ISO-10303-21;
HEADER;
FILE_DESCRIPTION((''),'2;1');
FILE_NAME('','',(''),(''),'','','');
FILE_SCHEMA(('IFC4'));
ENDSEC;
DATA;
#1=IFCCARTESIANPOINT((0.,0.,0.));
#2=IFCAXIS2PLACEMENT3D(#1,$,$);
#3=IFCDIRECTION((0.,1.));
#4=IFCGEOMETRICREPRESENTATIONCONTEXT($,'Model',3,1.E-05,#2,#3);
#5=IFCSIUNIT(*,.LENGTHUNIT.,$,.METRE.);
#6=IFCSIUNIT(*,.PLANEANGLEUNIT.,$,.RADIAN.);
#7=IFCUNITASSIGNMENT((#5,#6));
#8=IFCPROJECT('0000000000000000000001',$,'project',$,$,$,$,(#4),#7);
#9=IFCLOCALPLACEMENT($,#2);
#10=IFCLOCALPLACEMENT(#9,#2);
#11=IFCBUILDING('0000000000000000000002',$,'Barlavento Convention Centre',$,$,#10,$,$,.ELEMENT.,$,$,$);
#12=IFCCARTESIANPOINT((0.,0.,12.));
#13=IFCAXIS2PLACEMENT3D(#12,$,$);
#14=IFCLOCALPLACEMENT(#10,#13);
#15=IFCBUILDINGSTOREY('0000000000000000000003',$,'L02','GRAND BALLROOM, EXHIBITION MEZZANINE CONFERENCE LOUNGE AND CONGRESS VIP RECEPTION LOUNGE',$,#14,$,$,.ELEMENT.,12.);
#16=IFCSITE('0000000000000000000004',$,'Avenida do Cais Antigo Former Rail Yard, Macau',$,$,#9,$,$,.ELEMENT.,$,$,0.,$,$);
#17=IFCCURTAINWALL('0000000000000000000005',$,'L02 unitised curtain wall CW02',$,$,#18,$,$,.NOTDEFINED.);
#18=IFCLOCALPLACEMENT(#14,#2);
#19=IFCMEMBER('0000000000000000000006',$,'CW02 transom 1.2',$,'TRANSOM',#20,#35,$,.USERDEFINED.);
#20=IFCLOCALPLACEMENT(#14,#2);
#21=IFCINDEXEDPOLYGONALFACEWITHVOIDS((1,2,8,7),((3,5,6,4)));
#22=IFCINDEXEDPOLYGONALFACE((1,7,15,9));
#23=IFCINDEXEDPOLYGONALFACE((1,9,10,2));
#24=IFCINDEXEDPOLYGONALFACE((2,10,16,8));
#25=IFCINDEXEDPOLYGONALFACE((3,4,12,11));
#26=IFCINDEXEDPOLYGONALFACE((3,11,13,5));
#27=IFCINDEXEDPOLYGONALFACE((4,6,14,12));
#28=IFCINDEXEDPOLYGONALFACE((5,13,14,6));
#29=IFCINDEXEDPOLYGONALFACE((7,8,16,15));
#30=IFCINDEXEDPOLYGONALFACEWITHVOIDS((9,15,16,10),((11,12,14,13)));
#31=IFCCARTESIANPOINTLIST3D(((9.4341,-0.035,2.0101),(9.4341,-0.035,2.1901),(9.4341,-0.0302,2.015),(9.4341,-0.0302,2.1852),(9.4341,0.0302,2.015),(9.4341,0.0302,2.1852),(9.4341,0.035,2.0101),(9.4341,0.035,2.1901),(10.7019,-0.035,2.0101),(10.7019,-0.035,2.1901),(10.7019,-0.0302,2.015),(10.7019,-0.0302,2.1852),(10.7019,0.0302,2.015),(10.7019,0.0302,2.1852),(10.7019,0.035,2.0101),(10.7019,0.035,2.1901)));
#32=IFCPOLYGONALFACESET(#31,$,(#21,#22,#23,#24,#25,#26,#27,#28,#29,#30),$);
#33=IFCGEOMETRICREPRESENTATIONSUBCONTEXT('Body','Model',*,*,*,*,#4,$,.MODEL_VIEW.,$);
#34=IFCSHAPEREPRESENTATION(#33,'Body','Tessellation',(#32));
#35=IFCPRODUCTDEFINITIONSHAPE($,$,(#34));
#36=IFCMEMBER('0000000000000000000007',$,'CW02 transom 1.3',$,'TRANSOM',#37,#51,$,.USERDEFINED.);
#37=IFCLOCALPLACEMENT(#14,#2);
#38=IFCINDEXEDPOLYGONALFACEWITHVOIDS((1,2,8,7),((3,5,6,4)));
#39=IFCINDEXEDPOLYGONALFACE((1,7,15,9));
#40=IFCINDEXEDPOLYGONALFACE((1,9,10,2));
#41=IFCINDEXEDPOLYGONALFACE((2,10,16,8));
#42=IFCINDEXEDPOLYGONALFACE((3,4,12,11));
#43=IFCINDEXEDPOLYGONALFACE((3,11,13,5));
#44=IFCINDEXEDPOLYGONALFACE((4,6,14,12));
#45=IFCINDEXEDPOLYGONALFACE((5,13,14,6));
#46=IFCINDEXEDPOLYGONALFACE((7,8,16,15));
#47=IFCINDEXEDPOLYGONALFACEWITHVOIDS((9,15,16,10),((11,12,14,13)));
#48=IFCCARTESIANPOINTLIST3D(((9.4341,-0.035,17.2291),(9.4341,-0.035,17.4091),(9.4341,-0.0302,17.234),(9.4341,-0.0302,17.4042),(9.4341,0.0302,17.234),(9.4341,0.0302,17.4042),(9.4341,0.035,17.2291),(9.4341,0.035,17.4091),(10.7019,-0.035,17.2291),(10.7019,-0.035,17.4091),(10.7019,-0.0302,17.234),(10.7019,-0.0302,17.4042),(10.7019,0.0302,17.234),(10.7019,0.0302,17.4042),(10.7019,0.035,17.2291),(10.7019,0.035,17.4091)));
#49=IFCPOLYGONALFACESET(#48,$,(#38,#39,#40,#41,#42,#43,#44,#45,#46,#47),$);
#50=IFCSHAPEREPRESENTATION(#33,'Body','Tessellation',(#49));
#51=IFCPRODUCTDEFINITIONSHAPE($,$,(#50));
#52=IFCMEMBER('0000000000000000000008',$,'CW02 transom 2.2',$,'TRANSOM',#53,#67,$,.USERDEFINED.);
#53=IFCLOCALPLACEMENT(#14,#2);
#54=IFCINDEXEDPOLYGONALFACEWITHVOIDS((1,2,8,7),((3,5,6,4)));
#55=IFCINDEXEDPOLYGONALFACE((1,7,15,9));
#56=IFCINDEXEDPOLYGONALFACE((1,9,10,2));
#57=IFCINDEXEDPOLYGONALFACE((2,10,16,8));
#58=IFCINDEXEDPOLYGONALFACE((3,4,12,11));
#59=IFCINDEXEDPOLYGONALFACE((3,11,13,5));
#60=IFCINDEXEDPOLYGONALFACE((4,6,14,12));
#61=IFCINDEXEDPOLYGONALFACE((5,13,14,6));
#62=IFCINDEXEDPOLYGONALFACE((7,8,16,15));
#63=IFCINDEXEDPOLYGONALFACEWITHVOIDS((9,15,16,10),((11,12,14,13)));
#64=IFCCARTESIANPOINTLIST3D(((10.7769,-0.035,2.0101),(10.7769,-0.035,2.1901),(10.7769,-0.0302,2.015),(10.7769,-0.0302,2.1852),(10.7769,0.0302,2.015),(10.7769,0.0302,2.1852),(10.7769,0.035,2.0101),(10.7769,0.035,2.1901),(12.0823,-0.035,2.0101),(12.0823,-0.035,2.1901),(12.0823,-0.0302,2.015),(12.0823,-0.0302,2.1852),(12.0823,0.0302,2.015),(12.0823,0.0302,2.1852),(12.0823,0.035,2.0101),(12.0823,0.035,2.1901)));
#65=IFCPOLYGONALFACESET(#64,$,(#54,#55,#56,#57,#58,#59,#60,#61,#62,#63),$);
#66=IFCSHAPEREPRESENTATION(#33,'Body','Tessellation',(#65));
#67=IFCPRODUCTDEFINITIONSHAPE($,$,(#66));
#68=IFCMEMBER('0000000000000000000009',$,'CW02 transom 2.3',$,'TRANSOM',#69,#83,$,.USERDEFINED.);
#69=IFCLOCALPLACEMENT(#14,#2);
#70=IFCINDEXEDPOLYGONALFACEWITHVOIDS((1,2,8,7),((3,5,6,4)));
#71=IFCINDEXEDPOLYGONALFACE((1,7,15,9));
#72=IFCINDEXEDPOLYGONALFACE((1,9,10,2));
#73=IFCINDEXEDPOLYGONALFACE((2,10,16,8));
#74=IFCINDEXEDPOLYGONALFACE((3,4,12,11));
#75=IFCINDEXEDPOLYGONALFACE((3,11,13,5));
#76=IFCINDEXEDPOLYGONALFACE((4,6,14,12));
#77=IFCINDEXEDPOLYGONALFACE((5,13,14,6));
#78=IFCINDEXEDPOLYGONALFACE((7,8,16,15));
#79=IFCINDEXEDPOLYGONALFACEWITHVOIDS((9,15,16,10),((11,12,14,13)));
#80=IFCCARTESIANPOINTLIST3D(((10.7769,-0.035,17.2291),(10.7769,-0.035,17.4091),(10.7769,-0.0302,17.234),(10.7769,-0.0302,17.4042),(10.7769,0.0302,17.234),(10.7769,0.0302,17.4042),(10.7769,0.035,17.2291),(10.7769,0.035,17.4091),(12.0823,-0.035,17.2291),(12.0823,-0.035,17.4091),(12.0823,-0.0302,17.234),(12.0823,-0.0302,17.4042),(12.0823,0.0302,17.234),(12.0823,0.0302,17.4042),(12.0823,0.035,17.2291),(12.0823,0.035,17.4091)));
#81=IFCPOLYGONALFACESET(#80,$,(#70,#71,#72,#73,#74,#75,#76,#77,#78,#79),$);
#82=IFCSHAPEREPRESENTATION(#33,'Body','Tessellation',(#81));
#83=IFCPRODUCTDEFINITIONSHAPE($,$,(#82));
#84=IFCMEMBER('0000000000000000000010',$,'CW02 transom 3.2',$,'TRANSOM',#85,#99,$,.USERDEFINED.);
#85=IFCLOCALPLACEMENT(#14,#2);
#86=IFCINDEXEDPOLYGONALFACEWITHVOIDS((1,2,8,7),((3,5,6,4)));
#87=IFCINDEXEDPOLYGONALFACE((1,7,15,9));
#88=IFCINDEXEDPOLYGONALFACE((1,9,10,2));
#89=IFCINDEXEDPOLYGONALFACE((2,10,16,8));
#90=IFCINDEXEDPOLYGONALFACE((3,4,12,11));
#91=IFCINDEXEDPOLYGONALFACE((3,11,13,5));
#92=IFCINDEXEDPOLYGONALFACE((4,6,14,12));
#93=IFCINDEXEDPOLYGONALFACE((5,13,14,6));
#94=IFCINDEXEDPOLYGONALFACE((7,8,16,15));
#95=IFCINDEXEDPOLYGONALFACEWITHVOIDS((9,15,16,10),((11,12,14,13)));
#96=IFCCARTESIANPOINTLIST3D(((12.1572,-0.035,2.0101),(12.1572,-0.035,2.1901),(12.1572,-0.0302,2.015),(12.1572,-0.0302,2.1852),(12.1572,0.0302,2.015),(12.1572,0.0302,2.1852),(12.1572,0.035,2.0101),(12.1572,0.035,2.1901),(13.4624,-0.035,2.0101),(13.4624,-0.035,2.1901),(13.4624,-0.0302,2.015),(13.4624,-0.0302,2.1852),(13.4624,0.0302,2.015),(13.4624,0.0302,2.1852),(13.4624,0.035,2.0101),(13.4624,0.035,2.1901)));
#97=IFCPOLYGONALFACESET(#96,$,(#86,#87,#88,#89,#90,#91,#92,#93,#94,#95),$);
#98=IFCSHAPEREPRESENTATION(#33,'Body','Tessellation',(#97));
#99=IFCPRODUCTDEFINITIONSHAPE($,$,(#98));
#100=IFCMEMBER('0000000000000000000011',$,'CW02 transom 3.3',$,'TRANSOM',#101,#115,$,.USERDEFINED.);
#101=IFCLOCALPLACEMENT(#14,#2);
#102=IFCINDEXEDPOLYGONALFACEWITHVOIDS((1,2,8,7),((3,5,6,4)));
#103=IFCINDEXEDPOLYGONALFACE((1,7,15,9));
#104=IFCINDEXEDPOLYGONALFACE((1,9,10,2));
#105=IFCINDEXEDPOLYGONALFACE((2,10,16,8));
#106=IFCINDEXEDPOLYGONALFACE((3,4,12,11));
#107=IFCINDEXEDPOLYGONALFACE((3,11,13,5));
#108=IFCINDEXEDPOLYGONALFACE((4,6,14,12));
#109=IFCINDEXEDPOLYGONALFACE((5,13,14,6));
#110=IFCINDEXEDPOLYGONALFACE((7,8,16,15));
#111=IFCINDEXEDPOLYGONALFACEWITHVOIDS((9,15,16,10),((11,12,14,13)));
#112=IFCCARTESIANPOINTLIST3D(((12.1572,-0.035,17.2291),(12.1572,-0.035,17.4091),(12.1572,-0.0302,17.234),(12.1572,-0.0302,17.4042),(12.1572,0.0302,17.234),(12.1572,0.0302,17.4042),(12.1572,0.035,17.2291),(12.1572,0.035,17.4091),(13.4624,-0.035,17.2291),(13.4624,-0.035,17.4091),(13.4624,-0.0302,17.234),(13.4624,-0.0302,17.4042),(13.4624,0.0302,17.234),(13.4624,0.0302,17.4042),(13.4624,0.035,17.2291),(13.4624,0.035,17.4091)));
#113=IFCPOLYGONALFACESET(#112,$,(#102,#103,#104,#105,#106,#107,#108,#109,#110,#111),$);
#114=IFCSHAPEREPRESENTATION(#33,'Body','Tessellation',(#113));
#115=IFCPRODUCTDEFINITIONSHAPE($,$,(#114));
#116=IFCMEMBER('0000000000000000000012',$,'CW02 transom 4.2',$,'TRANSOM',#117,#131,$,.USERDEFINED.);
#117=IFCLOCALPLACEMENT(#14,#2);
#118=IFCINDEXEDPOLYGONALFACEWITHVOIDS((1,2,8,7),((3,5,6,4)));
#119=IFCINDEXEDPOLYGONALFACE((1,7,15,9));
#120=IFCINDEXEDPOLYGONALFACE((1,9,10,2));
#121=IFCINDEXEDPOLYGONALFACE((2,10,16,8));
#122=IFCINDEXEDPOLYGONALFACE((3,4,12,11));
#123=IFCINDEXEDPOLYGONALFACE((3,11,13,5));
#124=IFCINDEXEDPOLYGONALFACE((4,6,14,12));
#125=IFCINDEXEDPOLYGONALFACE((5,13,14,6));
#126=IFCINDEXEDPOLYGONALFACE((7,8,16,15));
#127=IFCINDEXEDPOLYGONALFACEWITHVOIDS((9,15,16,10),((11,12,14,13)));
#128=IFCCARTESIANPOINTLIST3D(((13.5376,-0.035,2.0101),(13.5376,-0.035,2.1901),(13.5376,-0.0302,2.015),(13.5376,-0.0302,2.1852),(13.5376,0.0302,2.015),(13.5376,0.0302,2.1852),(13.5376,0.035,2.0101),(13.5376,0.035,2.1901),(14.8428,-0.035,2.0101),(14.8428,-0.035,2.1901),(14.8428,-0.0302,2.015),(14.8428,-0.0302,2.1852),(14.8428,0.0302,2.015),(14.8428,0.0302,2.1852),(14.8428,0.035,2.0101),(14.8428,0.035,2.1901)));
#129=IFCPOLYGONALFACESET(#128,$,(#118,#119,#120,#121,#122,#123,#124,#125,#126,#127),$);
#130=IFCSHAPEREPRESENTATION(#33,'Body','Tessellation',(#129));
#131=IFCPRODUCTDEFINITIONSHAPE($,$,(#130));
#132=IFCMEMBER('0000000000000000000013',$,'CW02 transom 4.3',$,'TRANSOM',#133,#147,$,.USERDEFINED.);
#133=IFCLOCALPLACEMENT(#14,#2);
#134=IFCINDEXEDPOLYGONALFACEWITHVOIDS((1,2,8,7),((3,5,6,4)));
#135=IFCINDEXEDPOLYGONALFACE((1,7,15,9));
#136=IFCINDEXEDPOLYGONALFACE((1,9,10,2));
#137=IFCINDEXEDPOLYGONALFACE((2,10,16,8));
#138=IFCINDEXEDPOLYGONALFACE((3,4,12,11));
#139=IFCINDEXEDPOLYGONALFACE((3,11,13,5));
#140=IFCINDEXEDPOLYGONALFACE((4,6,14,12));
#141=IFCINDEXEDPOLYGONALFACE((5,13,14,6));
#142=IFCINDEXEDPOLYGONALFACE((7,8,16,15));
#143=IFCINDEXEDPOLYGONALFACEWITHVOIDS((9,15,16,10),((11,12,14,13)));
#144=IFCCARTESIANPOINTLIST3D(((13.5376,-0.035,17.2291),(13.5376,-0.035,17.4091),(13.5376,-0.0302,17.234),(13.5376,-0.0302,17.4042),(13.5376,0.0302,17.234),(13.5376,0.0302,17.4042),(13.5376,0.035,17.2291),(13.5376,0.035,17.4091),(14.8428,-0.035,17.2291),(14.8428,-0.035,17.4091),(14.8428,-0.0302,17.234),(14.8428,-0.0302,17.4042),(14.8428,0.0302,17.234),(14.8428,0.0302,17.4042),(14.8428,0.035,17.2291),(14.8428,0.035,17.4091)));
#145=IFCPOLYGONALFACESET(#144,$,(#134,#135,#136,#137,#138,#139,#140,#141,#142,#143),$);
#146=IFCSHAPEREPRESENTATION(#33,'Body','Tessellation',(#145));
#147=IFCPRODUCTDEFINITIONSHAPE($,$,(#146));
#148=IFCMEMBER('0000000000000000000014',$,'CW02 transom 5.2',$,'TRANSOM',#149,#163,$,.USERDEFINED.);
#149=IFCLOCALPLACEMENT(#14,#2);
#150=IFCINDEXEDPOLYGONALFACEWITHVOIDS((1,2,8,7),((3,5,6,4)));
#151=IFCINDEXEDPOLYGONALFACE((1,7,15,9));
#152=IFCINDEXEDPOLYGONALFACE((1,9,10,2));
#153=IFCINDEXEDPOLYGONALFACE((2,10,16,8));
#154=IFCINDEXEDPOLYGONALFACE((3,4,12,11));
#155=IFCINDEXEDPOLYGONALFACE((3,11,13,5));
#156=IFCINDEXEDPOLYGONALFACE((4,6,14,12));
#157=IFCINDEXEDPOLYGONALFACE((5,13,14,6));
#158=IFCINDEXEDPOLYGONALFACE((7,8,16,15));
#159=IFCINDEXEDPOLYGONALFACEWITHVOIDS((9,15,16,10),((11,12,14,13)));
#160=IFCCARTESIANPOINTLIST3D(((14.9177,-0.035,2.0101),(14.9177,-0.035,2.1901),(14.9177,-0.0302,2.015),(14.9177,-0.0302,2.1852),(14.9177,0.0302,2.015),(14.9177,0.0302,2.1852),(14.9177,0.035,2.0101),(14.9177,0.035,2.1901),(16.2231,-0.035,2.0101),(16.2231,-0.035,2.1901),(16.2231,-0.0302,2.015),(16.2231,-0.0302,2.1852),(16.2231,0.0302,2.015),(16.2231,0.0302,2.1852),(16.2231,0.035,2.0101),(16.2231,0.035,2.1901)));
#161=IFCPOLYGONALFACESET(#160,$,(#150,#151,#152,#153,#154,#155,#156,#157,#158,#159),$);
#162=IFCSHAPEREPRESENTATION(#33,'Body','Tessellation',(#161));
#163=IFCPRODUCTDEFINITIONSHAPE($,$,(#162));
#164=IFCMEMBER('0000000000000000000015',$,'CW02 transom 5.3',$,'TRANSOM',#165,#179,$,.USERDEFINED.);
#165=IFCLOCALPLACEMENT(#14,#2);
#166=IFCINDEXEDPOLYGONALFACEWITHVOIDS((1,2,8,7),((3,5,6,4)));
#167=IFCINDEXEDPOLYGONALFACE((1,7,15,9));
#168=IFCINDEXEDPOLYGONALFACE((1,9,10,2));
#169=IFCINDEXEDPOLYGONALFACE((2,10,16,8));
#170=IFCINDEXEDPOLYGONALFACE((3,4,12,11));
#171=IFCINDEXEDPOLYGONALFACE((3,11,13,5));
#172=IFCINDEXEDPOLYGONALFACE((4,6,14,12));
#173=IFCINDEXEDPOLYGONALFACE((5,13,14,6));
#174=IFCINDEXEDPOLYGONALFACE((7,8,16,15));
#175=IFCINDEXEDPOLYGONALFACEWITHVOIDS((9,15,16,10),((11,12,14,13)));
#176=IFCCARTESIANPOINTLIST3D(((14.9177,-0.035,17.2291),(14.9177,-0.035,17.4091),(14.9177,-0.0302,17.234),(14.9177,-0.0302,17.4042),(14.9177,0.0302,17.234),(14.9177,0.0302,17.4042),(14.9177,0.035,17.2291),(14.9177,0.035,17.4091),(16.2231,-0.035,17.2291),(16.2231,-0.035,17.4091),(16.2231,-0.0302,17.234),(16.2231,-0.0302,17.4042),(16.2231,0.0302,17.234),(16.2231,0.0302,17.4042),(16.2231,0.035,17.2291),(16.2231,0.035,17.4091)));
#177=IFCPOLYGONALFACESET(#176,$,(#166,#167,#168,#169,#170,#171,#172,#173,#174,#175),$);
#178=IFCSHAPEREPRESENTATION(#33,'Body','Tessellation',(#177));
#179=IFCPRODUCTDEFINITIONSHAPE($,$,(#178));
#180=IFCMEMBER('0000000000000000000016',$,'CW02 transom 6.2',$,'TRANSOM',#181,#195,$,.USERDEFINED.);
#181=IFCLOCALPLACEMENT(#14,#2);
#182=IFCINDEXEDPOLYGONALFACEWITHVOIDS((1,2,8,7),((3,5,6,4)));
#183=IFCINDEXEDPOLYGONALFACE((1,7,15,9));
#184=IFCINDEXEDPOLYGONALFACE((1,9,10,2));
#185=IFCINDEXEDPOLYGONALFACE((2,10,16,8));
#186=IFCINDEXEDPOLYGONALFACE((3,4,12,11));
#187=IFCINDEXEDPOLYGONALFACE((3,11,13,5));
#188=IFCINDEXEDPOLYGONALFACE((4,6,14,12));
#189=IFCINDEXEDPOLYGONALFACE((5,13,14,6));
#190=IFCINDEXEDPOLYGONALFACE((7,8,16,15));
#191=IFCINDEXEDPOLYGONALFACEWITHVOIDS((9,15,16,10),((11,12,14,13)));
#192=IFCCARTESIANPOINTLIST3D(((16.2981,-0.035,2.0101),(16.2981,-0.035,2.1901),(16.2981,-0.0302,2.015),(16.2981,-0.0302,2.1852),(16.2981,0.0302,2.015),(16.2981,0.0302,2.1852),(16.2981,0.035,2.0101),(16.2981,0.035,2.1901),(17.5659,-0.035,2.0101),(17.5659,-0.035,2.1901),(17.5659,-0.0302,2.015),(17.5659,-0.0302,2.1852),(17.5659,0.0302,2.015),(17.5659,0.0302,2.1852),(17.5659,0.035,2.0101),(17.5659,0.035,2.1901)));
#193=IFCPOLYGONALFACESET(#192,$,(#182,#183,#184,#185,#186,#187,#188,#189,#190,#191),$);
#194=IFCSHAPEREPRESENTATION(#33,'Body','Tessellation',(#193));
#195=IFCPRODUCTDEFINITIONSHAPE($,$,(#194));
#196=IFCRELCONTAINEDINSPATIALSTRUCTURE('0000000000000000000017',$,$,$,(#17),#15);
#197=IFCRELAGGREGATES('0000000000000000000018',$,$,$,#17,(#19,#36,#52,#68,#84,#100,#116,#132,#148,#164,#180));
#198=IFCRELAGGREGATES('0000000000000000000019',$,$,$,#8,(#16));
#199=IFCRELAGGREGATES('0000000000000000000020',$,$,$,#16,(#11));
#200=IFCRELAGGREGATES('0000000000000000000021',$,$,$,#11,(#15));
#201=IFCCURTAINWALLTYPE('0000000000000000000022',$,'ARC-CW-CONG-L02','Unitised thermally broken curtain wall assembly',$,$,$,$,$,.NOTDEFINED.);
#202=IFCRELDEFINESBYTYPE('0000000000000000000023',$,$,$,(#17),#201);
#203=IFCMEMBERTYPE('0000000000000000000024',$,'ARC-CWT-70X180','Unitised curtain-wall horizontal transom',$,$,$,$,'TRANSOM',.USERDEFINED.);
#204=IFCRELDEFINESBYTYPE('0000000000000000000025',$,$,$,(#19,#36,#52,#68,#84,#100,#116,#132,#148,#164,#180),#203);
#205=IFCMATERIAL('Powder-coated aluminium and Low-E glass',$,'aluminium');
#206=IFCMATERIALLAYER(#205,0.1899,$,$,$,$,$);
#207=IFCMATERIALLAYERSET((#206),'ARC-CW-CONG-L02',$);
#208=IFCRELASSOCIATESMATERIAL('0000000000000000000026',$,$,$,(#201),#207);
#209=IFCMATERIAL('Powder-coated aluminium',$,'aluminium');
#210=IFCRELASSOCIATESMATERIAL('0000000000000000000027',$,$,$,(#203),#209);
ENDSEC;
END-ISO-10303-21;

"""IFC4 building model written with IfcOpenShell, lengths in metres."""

from ifc_helpers import new_model, si_unit, direction, frame, origin, origin_2d, place, context, subcontext, project, spatial, hollow_rectangle, extrude, material, layer, layer_set, material_profile, profile_set, type_object, element, aggregate, save


model = new_model("IFC4")

# Units and contexts
model_context = context("Model", 3, precision=1e-05, world=origin(), true_north=direction((0.0, 1.0)))
body_context = subcontext(model_context, "Body", "Model", "MODEL_VIEW")
ifc_project = project(units=[si_unit("LENGTHUNIT", "METRE"), si_unit("PLANEANGLEUNIT", "RADIAN")], contexts=[model_context])

# Site, building, storey
site_placement = place(None, origin())
site = spatial("IfcSite", under=ifc_project, at=site_placement, Name="Avenida do Cais Antigo Former Rail Yard, Macau", CompositionType="ELEMENT", RefElevation=0.0)
building_placement = place(site_placement, origin())
building = spatial("IfcBuilding", under=site, at=building_placement, Name="Barlavento Convention Centre", CompositionType="ELEMENT")
storey_placement = place(building_placement, frame((0.0, 0.0, 12.0)))
storey = spatial("IfcBuildingStorey", under=building, at=storey_placement, Name="L02", Description="GRAND BALLROOM, EXHIBITION MEZZANINE CONFERENCE LOUNGE AND CONGRESS VIP RECEPTION LOUNGE", CompositionType="ELEMENT", Elevation=12.0)

# Curtain wall, members
ifc_material_1 = material(Name="Powder-coated aluminium and Low-E glass", Category="aluminium")
ifc_layer_1 = layer(ifc_material_1, 0.1899)
ifc_layer_set_1 = layer_set([ifc_layer_1], Name="ARC-CW-CONG-L02")
curtain_wall_type = type_object("IfcCurtainWallType", Name="ARC-CW-CONG-L02", Description="Unitised thermally broken curtain wall assembly", PredefinedType="NOTDEFINED", material=ifc_layer_set_1)
curtain_wall_1_placement = place(storey_placement, origin())
curtain_wall_1 = element("IfcCurtainWall", 1, at=curtain_wall_1_placement, inside=storey, type_object=curtain_wall_type, Name="L02 unitised curtain wall CW02", PredefinedType="NOTDEFINED")
ifc_material_2 = material(Name="Powder-coated aluminium", Category="aluminium")
ifc_material_profile = material_profile(ifc_material_2, hollow_rectangle(XDim=0.0701, YDim=0.1799, WallThickness=0.0049, at=origin_2d()), Name="AL-TRAN 70x180x5")
ifc_profile_set = profile_set([ifc_material_profile], Name="Powder-coated aluminium")
member_type = type_object("IfcMemberType", Name="ARC-CWT-70X180", Description="Unitised curtain-wall horizontal transom", ElementType="TRANSOM", PredefinedType="USERDEFINED", material=ifc_profile_set)
member_1_placement = place(storey_placement, frame((9.4341, 0.0, 2.1001), z_axis=(1.0, 0.0, 0.0), x_axis=(0.0, 1.0, 0.0)))
member_1 = element("IfcMember", 2, at=member_1_placement, type_object=member_type, Name="CW02 transom 1.2", ObjectType="TRANSOM", PredefinedType="USERDEFINED", context=body_context, shape_type="SweptSolid", body=[
    extrude(hollow_rectangle(XDim=0.0701, YDim=0.1799, WallThickness=0.0049, at=origin_2d()), origin(), (0.0, 0.0, 1.0), 1.2678),
])
member_2_placement = place(storey_placement, frame((9.4341, 0.0, 17.3191), z_axis=(1.0, 0.0, 0.0), x_axis=(0.0, 1.0, 0.0)))
member_2 = element("IfcMember", 3, at=member_2_placement, type_object=member_type, Name="CW02 transom 1.3", ObjectType="TRANSOM", PredefinedType="USERDEFINED", context=body_context, shape_type="SweptSolid", body=[
    extrude(hollow_rectangle(XDim=0.0701, YDim=0.1799, WallThickness=0.0049, at=origin_2d()), origin(), (0.0, 0.0, 1.0), 1.2678),
])
member_3_placement = place(storey_placement, frame((10.7769, 0.0, 2.1001), z_axis=(1.0, 0.0, 0.0), x_axis=(0.0, 1.0, 0.0)))
member_3 = element("IfcMember", 4, at=member_3_placement, type_object=member_type, Name="CW02 transom 2.2", ObjectType="TRANSOM", PredefinedType="USERDEFINED", context=body_context, shape_type="SweptSolid", body=[
    extrude(hollow_rectangle(XDim=0.0701, YDim=0.1799, WallThickness=0.0049, at=origin_2d()), origin(), (0.0, 0.0, 1.0), 1.3054),
])
member_4_placement = place(storey_placement, frame((10.7769, 0.0, 17.3191), z_axis=(1.0, 0.0, 0.0), x_axis=(0.0, 1.0, 0.0)))
member_4 = element("IfcMember", 5, at=member_4_placement, type_object=member_type, Name="CW02 transom 2.3", ObjectType="TRANSOM", PredefinedType="USERDEFINED", context=body_context, shape_type="SweptSolid", body=[
    extrude(hollow_rectangle(XDim=0.0701, YDim=0.1799, WallThickness=0.0049, at=origin_2d()), origin(), (0.0, 0.0, 1.0), 1.3054),
])
member_5_placement = place(storey_placement, frame((12.1572, 0.0, 2.1001), z_axis=(1.0, 0.0, 0.0), x_axis=(0.0, 1.0, 0.0)))
member_5 = element("IfcMember", 6, at=member_5_placement, type_object=member_type, Name="CW02 transom 3.2", ObjectType="TRANSOM", PredefinedType="USERDEFINED", context=body_context, shape_type="SweptSolid", body=[
    extrude(hollow_rectangle(XDim=0.0701, YDim=0.1799, WallThickness=0.0049, at=origin_2d()), origin(), (0.0, 0.0, 1.0), 1.3052),
])
member_6_placement = place(storey_placement, frame((12.1572, 0.0, 17.3191), z_axis=(1.0, 0.0, 0.0), x_axis=(0.0, 1.0, 0.0)))
member_6 = element("IfcMember", 7, at=member_6_placement, type_object=member_type, Name="CW02 transom 3.3", ObjectType="TRANSOM", PredefinedType="USERDEFINED", context=body_context, shape_type="SweptSolid", body=[
    extrude(hollow_rectangle(XDim=0.0701, YDim=0.1799, WallThickness=0.0049, at=origin_2d()), origin(), (0.0, 0.0, 1.0), 1.3052),
])
member_7_placement = place(storey_placement, frame((13.5376, 0.0, 2.1001), z_axis=(1.0, 0.0, 0.0), x_axis=(0.0, 1.0, 0.0)))
member_7 = element("IfcMember", 8, at=member_7_placement, type_object=member_type, Name="CW02 transom 4.2", ObjectType="TRANSOM", PredefinedType="USERDEFINED", context=body_context, shape_type="SweptSolid", body=[
    extrude(hollow_rectangle(XDim=0.0701, YDim=0.1799, WallThickness=0.0049, at=origin_2d()), origin(), (0.0, 0.0, 1.0), 1.3052),
])
member_8_placement = place(storey_placement, frame((13.5376, 0.0, 17.3191), z_axis=(1.0, 0.0, 0.0), x_axis=(0.0, 1.0, 0.0)))
member_8 = element("IfcMember", 9, at=member_8_placement, type_object=member_type, Name="CW02 transom 4.3", ObjectType="TRANSOM", PredefinedType="USERDEFINED", context=body_context, shape_type="SweptSolid", body=[
    extrude(hollow_rectangle(XDim=0.0701, YDim=0.1799, WallThickness=0.0049, at=origin_2d()), origin(), (0.0, 0.0, 1.0), 1.3052),
])
member_9_placement = place(storey_placement, frame((14.9177, 0.0, 2.1001), z_axis=(1.0, 0.0, 0.0), x_axis=(0.0, 1.0, 0.0)))
member_9 = element("IfcMember", 10, at=member_9_placement, type_object=member_type, Name="CW02 transom 5.2", ObjectType="TRANSOM", PredefinedType="USERDEFINED", context=body_context, shape_type="SweptSolid", body=[
    extrude(hollow_rectangle(XDim=0.0701, YDim=0.1799, WallThickness=0.0049, at=origin_2d()), origin(), (0.0, 0.0, 1.0), 1.3054),
])
member_10_placement = place(storey_placement, frame((14.9177, 0.0, 17.3191), z_axis=(1.0, 0.0, 0.0), x_axis=(0.0, 1.0, 0.0)))
member_10 = element("IfcMember", 11, at=member_10_placement, type_object=member_type, Name="CW02 transom 5.3", ObjectType="TRANSOM", PredefinedType="USERDEFINED", context=body_context, shape_type="SweptSolid", body=[
    extrude(hollow_rectangle(XDim=0.0701, YDim=0.1799, WallThickness=0.0049, at=origin_2d()), origin(), (0.0, 0.0, 1.0), 1.3054),
])
member_11_placement = place(storey_placement, frame((16.2981, 0.0, 2.1001), z_axis=(1.0, 0.0, 0.0), x_axis=(0.0, 1.0, 0.0)))
member_11 = element("IfcMember", 12, at=member_11_placement, type_object=member_type, Name="CW02 transom 6.2", ObjectType="TRANSOM", PredefinedType="USERDEFINED", context=body_context, shape_type="SweptSolid", body=[
    extrude(hollow_rectangle(XDim=0.0701, YDim=0.1799, WallThickness=0.0049, at=origin_2d()), origin(), (0.0, 0.0, 1.0), 1.2678),
])

aggregate(curtain_wall_1, [member_1, member_2, member_3, member_4, member_5, member_6, member_7, member_8, member_9, member_10, member_11])

save(model, "model.ifc")
